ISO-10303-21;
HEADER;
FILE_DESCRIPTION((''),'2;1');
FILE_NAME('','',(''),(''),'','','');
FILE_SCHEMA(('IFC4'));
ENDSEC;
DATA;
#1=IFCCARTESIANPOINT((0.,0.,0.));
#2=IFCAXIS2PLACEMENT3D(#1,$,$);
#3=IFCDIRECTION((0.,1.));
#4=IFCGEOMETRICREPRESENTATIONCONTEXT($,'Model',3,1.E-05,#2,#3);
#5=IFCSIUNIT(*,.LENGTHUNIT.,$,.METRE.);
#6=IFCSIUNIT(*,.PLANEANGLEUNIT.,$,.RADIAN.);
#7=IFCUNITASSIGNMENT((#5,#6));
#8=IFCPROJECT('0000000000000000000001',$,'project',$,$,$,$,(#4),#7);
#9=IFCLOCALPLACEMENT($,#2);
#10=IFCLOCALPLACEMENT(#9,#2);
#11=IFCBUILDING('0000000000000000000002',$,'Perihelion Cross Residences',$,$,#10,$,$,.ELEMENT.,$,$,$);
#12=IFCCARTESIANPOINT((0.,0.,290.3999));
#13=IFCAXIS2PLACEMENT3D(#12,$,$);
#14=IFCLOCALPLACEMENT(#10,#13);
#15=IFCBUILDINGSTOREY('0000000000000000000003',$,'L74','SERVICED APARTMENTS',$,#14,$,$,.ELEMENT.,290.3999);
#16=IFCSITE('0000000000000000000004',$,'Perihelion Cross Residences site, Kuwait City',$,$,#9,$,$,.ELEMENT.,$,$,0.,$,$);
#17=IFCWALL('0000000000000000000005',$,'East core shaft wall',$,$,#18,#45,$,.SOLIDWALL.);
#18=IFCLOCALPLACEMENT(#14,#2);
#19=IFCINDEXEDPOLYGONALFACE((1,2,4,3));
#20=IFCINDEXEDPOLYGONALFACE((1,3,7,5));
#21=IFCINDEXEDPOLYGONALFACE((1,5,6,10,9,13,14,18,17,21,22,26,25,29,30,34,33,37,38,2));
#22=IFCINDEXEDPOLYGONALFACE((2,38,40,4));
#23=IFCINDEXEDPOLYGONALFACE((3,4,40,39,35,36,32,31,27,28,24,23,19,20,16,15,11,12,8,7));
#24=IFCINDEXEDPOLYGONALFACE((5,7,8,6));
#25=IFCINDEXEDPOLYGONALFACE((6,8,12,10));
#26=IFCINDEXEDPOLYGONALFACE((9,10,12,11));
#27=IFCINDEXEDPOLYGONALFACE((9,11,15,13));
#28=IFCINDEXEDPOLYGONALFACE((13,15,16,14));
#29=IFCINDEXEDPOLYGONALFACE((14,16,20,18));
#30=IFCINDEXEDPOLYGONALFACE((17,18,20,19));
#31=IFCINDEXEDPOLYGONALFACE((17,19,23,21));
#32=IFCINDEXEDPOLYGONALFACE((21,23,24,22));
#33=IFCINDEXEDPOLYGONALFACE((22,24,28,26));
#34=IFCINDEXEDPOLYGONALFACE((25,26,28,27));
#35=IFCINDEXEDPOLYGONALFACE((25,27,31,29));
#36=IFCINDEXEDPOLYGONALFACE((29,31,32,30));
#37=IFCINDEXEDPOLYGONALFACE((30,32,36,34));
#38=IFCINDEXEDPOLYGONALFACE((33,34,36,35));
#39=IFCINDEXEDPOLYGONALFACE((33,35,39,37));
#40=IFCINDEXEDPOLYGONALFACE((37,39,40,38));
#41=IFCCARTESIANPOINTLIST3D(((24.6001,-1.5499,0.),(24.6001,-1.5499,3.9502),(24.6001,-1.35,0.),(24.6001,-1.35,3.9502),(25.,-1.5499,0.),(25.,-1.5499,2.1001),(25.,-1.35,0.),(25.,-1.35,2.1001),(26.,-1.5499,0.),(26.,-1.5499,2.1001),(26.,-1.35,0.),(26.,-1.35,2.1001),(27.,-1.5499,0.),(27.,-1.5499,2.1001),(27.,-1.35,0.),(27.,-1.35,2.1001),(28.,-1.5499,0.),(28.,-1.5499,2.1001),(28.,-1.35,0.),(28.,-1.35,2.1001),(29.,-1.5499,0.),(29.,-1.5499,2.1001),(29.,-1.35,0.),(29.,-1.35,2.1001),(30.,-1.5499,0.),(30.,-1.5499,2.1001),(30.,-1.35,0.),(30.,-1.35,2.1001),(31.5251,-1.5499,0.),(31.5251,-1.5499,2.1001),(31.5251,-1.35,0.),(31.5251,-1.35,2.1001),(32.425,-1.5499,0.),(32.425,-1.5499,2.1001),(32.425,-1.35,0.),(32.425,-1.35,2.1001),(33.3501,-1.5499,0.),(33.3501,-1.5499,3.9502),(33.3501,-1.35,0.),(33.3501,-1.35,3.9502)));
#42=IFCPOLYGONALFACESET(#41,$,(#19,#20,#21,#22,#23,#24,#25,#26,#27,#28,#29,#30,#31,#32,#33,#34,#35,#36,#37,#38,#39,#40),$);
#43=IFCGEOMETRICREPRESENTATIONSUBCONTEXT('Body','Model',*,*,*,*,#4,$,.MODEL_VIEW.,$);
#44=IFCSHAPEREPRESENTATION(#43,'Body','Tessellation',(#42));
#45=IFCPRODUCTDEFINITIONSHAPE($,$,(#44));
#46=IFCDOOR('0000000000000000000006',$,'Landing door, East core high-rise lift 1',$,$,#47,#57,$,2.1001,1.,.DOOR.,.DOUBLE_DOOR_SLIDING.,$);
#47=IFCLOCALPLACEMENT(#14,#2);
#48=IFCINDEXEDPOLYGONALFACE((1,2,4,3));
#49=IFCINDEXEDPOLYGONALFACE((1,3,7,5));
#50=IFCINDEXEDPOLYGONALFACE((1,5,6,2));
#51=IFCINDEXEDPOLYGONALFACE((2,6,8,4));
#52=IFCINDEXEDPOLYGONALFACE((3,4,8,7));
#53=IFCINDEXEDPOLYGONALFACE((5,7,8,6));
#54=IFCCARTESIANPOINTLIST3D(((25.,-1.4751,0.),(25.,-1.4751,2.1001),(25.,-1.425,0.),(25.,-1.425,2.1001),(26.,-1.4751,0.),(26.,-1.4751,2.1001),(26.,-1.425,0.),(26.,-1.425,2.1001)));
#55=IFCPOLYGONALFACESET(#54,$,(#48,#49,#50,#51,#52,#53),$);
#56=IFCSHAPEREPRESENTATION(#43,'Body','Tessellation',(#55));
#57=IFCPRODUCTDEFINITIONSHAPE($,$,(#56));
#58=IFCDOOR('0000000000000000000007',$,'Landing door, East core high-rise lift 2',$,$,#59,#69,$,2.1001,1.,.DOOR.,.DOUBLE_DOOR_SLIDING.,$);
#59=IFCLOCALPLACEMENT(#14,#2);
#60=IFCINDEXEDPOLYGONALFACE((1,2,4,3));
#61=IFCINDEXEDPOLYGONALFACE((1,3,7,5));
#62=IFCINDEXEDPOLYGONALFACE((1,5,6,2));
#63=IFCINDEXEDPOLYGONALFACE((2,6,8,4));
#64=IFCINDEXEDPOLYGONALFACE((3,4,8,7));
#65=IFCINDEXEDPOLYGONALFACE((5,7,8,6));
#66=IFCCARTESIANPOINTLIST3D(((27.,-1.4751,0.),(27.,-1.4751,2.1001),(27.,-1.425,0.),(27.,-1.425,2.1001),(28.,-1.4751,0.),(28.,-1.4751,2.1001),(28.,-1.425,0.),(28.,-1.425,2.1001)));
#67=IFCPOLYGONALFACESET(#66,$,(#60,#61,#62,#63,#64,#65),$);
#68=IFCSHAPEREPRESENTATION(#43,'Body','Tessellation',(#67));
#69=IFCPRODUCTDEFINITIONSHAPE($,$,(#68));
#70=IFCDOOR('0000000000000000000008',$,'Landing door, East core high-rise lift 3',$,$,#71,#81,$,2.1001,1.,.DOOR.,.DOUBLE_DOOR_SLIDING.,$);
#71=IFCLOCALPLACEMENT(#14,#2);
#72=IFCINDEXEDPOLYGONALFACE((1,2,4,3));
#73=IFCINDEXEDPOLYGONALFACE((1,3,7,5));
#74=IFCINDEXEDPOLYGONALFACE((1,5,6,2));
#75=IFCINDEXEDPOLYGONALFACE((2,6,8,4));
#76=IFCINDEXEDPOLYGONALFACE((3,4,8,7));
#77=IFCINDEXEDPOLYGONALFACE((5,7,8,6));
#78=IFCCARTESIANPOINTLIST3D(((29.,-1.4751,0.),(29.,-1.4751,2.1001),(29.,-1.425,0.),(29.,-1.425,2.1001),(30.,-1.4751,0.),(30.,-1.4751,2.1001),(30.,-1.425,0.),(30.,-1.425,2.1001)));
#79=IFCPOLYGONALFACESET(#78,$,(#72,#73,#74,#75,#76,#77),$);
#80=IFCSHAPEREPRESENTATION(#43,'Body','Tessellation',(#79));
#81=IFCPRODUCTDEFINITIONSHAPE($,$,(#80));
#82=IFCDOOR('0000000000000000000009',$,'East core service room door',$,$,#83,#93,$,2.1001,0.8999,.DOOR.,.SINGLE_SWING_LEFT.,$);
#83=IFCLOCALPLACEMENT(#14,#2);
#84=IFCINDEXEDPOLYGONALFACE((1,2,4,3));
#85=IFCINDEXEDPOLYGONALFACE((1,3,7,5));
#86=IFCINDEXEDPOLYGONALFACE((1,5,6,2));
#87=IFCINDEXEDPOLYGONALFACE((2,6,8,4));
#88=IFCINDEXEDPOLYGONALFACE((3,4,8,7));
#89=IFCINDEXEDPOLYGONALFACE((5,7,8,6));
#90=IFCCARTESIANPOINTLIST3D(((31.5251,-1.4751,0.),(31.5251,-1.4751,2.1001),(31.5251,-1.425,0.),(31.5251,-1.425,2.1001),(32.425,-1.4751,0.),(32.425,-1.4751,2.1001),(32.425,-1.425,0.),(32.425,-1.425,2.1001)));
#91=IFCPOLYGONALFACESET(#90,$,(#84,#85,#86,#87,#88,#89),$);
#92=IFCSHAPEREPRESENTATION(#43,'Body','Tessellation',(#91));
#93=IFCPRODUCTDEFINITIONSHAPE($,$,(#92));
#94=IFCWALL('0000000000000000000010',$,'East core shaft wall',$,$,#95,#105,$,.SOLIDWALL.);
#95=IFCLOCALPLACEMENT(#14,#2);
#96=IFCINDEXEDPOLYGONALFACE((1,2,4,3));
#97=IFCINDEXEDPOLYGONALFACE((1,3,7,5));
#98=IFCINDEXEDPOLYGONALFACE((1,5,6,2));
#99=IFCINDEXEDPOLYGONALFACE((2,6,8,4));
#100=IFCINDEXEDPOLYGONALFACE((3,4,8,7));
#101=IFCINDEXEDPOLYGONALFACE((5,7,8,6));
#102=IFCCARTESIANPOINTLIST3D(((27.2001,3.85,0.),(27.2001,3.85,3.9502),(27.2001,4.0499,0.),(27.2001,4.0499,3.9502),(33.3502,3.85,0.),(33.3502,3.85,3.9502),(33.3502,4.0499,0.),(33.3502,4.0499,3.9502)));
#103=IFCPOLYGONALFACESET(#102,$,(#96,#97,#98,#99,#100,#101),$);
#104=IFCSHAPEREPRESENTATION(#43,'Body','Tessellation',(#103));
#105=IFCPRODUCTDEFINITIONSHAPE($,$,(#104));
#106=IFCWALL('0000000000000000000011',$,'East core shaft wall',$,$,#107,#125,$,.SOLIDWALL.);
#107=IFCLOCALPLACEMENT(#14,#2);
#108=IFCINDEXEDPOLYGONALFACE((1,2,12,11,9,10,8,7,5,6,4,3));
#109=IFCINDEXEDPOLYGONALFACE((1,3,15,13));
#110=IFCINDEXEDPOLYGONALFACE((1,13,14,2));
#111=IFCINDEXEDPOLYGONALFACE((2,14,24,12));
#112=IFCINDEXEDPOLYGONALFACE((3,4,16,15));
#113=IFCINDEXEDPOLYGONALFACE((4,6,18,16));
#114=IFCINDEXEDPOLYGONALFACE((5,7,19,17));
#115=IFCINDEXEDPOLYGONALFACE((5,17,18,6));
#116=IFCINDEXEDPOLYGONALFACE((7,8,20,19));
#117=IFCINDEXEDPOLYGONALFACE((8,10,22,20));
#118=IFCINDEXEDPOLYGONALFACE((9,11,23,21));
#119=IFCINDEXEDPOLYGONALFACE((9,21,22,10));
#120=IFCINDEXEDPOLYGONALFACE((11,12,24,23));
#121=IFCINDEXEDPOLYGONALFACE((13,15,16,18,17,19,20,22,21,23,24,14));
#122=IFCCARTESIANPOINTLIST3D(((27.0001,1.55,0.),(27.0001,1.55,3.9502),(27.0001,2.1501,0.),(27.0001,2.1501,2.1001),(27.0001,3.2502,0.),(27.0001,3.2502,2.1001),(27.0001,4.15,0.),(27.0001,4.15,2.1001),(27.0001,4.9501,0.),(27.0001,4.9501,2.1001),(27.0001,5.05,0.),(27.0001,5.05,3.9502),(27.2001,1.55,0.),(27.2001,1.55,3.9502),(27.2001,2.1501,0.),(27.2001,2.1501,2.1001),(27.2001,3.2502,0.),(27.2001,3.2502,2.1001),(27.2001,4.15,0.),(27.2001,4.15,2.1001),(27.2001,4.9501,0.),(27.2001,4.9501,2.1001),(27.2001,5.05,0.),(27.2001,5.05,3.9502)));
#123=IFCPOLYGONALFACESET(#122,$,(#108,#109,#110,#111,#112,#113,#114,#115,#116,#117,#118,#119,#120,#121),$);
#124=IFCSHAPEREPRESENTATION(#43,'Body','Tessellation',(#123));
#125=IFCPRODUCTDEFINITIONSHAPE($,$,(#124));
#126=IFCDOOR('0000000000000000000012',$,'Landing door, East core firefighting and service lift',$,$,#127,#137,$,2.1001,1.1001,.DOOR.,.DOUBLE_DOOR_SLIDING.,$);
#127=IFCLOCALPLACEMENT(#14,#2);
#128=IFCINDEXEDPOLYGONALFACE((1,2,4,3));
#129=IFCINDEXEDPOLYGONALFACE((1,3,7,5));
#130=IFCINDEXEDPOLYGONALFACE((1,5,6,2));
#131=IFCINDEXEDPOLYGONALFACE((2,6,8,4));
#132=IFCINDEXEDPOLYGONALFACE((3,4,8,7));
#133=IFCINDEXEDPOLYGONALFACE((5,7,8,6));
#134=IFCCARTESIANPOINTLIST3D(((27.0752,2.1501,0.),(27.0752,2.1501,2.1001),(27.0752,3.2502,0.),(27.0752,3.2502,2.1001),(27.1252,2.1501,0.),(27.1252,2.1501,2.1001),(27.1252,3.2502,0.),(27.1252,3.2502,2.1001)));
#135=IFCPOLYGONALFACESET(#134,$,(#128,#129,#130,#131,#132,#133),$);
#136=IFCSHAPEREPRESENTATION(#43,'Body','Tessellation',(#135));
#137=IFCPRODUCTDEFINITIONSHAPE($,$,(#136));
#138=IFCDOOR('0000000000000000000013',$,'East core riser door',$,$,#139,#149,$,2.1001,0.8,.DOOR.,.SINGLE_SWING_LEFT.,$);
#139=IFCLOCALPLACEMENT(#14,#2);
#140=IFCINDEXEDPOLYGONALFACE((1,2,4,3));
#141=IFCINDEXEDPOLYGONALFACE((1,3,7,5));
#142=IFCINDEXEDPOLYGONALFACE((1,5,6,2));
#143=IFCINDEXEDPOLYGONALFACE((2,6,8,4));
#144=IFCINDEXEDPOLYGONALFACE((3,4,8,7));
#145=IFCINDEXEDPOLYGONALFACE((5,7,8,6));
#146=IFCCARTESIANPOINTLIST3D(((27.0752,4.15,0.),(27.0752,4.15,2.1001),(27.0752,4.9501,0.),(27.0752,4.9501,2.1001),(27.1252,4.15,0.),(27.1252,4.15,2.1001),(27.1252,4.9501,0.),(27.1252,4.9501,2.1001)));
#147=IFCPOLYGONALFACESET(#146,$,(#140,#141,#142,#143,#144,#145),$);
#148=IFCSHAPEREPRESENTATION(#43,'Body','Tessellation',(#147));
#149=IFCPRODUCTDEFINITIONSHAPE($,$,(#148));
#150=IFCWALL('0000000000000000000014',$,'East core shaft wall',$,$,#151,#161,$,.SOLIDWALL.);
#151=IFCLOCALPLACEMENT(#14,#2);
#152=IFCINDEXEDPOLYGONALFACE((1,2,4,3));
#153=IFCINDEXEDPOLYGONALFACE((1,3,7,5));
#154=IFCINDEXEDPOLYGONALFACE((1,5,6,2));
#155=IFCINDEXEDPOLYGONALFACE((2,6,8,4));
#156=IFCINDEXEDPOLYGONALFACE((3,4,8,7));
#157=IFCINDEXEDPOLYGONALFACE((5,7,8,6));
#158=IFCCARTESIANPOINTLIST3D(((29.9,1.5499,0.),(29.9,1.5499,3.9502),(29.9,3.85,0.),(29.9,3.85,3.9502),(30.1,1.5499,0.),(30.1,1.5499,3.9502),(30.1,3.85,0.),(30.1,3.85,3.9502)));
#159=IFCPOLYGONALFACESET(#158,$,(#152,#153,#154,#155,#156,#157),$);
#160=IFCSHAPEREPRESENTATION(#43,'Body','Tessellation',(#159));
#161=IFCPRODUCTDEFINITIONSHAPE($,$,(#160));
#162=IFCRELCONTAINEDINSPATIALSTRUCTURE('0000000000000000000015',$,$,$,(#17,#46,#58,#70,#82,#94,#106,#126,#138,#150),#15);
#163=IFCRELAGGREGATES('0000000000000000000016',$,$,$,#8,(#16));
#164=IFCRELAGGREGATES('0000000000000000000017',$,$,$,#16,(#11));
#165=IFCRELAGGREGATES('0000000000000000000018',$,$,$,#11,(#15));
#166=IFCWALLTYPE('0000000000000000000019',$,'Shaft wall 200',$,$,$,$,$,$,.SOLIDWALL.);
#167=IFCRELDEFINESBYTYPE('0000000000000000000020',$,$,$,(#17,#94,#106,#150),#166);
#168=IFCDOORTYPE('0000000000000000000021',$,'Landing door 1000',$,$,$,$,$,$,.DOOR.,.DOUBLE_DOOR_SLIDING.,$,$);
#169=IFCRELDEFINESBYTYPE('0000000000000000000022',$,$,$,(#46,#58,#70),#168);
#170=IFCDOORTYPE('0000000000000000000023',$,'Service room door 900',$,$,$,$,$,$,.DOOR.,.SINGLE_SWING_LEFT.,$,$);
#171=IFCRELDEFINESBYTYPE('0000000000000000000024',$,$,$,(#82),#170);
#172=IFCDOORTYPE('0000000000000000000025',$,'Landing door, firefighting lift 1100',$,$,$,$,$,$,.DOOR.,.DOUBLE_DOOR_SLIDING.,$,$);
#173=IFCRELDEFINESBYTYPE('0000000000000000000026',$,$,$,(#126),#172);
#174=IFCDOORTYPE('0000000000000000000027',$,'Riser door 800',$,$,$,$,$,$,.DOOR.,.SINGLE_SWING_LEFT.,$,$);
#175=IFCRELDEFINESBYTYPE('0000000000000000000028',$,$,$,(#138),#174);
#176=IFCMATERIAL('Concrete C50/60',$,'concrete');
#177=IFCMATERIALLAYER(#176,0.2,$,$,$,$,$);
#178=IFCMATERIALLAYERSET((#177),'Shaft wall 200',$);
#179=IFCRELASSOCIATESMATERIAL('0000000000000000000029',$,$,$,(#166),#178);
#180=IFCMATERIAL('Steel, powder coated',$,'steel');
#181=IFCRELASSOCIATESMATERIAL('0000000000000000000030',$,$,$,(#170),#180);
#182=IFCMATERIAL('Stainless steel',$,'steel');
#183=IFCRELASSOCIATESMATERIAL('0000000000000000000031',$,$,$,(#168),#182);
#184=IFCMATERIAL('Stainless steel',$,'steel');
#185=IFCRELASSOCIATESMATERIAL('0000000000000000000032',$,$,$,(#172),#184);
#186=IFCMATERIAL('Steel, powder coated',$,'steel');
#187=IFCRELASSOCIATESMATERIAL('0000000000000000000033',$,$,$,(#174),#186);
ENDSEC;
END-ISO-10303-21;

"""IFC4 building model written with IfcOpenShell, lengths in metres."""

from ifc_helpers import new_model, si_unit, direction, frame, frame_2d, origin, place, context, subcontext, project, spatial, rectangle, extrude, material, layer, layer_set, type_object, element, fill, save


model = new_model("IFC4")

# Units and contexts
model_context = context("Model", 3, precision=1e-05, world=origin(), true_north=direction((0.0, 1.0)))
body_context = subcontext(model_context, "Body", "Model", "MODEL_VIEW")
ifc_project = project(units=[si_unit("LENGTHUNIT", "METRE"), si_unit("PLANEANGLEUNIT", "RADIAN")], contexts=[model_context])

# Site, building, storey
site_placement = place(None, origin())
site = spatial("IfcSite", under=ifc_project, at=site_placement, Name="Perihelion Cross Residences site, Kuwait City", CompositionType="ELEMENT", RefElevation=0.0)
building_placement = place(site_placement, origin())
building = spatial("IfcBuilding", under=site, at=building_placement, Name="Perihelion Cross Residences", CompositionType="ELEMENT")
storey_placement = place(building_placement, frame((0.0, 0.0, 290.3999)))
storey = spatial("IfcBuildingStorey", under=building, at=storey_placement, Name="L74", Description="SERVICED APARTMENTS", CompositionType="ELEMENT", Elevation=290.3999)

# Wall, openings, doors
ifc_material_1 = material(Name="Concrete C50/60", Category="concrete")
ifc_layer_1 = layer(ifc_material_1, 0.2)
ifc_layer_set_1 = layer_set([ifc_layer_1], Name="Shaft wall 200")
wall_type_1 = type_object("IfcWallType", Name="Shaft wall 200", PredefinedType="SOLIDWALL", material=ifc_layer_set_1)
ifc_material_2 = material(Name="Steel, powder coated", Category="steel")
door_type_1 = type_object("IfcDoorType", Name="Service room door 900", OperationType="SINGLE_SWING_LEFT", PredefinedType="DOOR", material=ifc_material_2)
wall_1_placement = place(storey_placement, frame((24.6001, -1.45, 0.0), z_axis=(0.0, 0.0, 1.0), x_axis=(1.0, 0.0, 0.0)))
wall_1 = element("IfcWall", 1, at=wall_1_placement, inside=storey, type_object=wall_type_1, Name="East core shaft wall", PredefinedType="SOLIDWALL", context=body_context, shape_type="SweptSolid", body=[
    extrude(rectangle(XDim=8.75, YDim=0.2, at=frame_2d((4.375, 0.0))), origin(), (0.0, 0.0, 1.0), 3.9502),
])
opening_1_placement = place(wall_1_placement, frame((0.3999, 0.0, 0.0)))
opening_1 = element("IfcOpeningElement", 2, at=opening_1_placement, cuts=wall_1, PredefinedType="OPENING", context=body_context, shape_type="SweptSolid", body=[
    extrude(rectangle(XDim=1.0, YDim=2.1001, at=frame_2d((0.5, 1.05))), frame((0.0, 0.1099, 0.0), z_axis=(0.0, -1.0, 0.0), x_axis=(1.0, 0.0, 0.0)), (0.0, 0.0, 1.0), 0.22),
])
opening_2_placement = place(wall_1_placement, frame((2.3999, 0.0, 0.0)))
opening_2 = element("IfcOpeningElement", 3, at=opening_2_placement, cuts=wall_1, PredefinedType="OPENING", context=body_context, shape_type="SweptSolid", body=[
    extrude(rectangle(XDim=1.0, YDim=2.1001, at=frame_2d((0.5, 1.05))), frame((0.0, 0.1099, 0.0), z_axis=(0.0, -1.0, 0.0), x_axis=(1.0, 0.0, 0.0)), (0.0, 0.0, 1.0), 0.22),
])
opening_3_placement = place(wall_1_placement, frame((4.3999, 0.0, 0.0)))
opening_3 = element("IfcOpeningElement", 4, at=opening_3_placement, cuts=wall_1, PredefinedType="OPENING", context=body_context, shape_type="SweptSolid", body=[
    extrude(rectangle(XDim=1.0, YDim=2.1001, at=frame_2d((0.5, 1.05))), frame((0.0, 0.1099, 0.0), z_axis=(0.0, -1.0, 0.0), x_axis=(1.0, 0.0, 0.0)), (0.0, 0.0, 1.0), 0.22),
])
opening_4_placement = place(wall_1_placement, frame((6.925, 0.0, 0.0)))
opening_4 = element("IfcOpeningElement", 5, at=opening_4_placement, cuts=wall_1, PredefinedType="OPENING", context=body_context, shape_type="SweptSolid", body=[
    extrude(rectangle(XDim=0.8999, YDim=2.1001, at=frame_2d((0.45, 1.05))), frame((0.0, 0.1099, 0.0), z_axis=(0.0, -1.0, 0.0), x_axis=(1.0, 0.0, 0.0)), (0.0, 0.0, 1.0), 0.22),
])
ifc_material_3 = material(Name="Stainless steel", Category="steel")
door_type_2 = type_object("IfcDoorType", Name="Landing door 1000", OperationType="DOUBLE_DOOR_SLIDING", PredefinedType="DOOR", material=ifc_material_3)
door_1_placement = place(opening_1_placement, origin())
door_1 = element("IfcDoor", 6, at=door_1_placement, inside=storey, type_object=door_type_2, Name="Landing door, East core high-rise lift 1", OperationType="DOUBLE_DOOR_SLIDING", OverallHeight=2.1001, OverallWidth=1.0, PredefinedType="DOOR", context=body_context, shape_type="SweptSolid", body=[
    extrude(rectangle(XDim=1.0, YDim=2.1001, at=frame_2d((0.5, 1.05))), frame((0.0, 0.0249, 0.0), z_axis=(0.0, -1.0, 0.0), x_axis=(1.0, 0.0, 0.0)), (0.0, 0.0, 1.0), 0.05),
])
fill(opening_1, door_1)
door_2_placement = place(opening_2_placement, origin())
door_2 = element("IfcDoor", 7, at=door_2_placement, inside=storey, type_object=door_type_2, Name="Landing door, East core high-rise lift 2", OperationType="DOUBLE_DOOR_SLIDING", OverallHeight=2.1001, OverallWidth=1.0, PredefinedType="DOOR", context=body_context, shape_type="SweptSolid", body=[
    extrude(rectangle(XDim=1.0, YDim=2.1001, at=frame_2d((0.5, 1.05))), frame((0.0, 0.0249, 0.0), z_axis=(0.0, -1.0, 0.0), x_axis=(1.0, 0.0, 0.0)), (0.0, 0.0, 1.0), 0.05),
])
fill(opening_2, door_2)
door_3_placement = place(opening_3_placement, origin())
door_3 = element("IfcDoor", 8, at=door_3_placement, inside=storey, type_object=door_type_2, Name="Landing door, East core high-rise lift 3", OperationType="DOUBLE_DOOR_SLIDING", OverallHeight=2.1001, OverallWidth=1.0, PredefinedType="DOOR", context=body_context, shape_type="SweptSolid", body=[
    extrude(rectangle(XDim=1.0, YDim=2.1001, at=frame_2d((0.5, 1.05))), frame((0.0, 0.0249, 0.0), z_axis=(0.0, -1.0, 0.0), x_axis=(1.0, 0.0, 0.0)), (0.0, 0.0, 1.0), 0.05),
])
fill(opening_3, door_3)
door_4_placement = place(opening_4_placement, origin())
door_4 = element("IfcDoor", 9, at=door_4_placement, inside=storey, type_object=door_type_1, Name="East core service room door", OperationType="SINGLE_SWING_LEFT", OverallHeight=2.1001, OverallWidth=0.8999, PredefinedType="DOOR", context=body_context, shape_type="SweptSolid", body=[
    extrude(rectangle(XDim=0.8999, YDim=2.1001, at=frame_2d((0.45, 1.05))), frame((0.0, 0.0249, 0.0), z_axis=(0.0, -1.0, 0.0), x_axis=(1.0, 0.0, 0.0)), (0.0, 0.0, 1.0), 0.05),
])
fill(opening_4, door_4)

# Wall
wall_2_placement = place(storey_placement, frame((27.2, 3.95, 0.0), z_axis=(0.0, 0.0, 1.0), x_axis=(1.0, 0.0, 0.0)))
element("IfcWall", 10, at=wall_2_placement, inside=storey, type_object=wall_type_1, Name="East core shaft wall", PredefinedType="SOLIDWALL", context=body_context, shape_type="SweptSolid", body=[
    extrude(rectangle(XDim=6.1501, YDim=0.2, at=frame_2d((3.0752, 0.0))), origin(), (0.0, 0.0, 1.0), 3.9502),
])

# Wall, openings, doors
wall_3_placement = place(storey_placement, frame((27.1001, 1.55, 0.0), z_axis=(0.0, 0.0, 1.0), x_axis=(0.0, 1.0, 0.0)))
wall_3 = element("IfcWall", 11, at=wall_3_placement, inside=storey, type_object=wall_type_1, Name="East core shaft wall", PredefinedType="SOLIDWALL", context=body_context, shape_type="SweptSolid", body=[
    extrude(rectangle(XDim=3.5, YDim=0.2, at=frame_2d((1.75, 0.0))), origin(), (0.0, 0.0, 1.0), 3.9502),
])
opening_5_placement = place(wall_3_placement, frame((0.6001, 0.0, 0.0)))
opening_5 = element("IfcOpeningElement", 12, at=opening_5_placement, cuts=wall_3, PredefinedType="OPENING", context=body_context, shape_type="SweptSolid", body=[
    extrude(rectangle(XDim=1.1001, YDim=2.1001, at=frame_2d((0.55, 1.05))), frame((0.0, 0.1099, 0.0), z_axis=(0.0, -1.0, 0.0), x_axis=(1.0, 0.0, 0.0)), (0.0, 0.0, 1.0), 0.22),
])
opening_6_placement = place(wall_3_placement, frame((2.6001, 0.0, 0.0)))
opening_6 = element("IfcOpeningElement", 13, at=opening_6_placement, cuts=wall_3, PredefinedType="OPENING", context=body_context, shape_type="SweptSolid", body=[
    extrude(rectangle(XDim=0.8, YDim=2.1001, at=frame_2d((0.3999, 1.05))), frame((0.0, 0.1099, 0.0), z_axis=(0.0, -1.0, 0.0), x_axis=(1.0, 0.0, 0.0)), (0.0, 0.0, 1.0), 0.22),
])
ifc_material_4 = material(Name="Stainless steel", Category="steel")
door_type_3 = type_object("IfcDoorType", Name="Landing door, firefighting lift 1100", OperationType="DOUBLE_DOOR_SLIDING", PredefinedType="DOOR", material=ifc_material_4)
door_5_placement = place(opening_5_placement, origin())
door_5 = element("IfcDoor", 14, at=door_5_placement, inside=storey, type_object=door_type_3, Name="Landing door, East core firefighting and service lift", OperationType="DOUBLE_DOOR_SLIDING", OverallHeight=2.1001, OverallWidth=1.1001, PredefinedType="DOOR", context=body_context, shape_type="SweptSolid", body=[
    extrude(rectangle(XDim=1.1001, YDim=2.1001, at=frame_2d((0.55, 1.05))), frame((0.0, 0.0249, 0.0), z_axis=(0.0, -1.0, 0.0), x_axis=(1.0, 0.0, 0.0)), (0.0, 0.0, 1.0), 0.05),
])
fill(opening_5, door_5)
ifc_material_5 = material(Name="Steel, powder coated", Category="steel")
door_type_4 = type_object("IfcDoorType", Name="Riser door 800", OperationType="SINGLE_SWING_LEFT", PredefinedType="DOOR", material=ifc_material_5)
door_6_placement = place(opening_6_placement, origin())
door_6 = element("IfcDoor", 15, at=door_6_placement, inside=storey, type_object=door_type_4, Name="East core riser door", OperationType="SINGLE_SWING_LEFT", OverallHeight=2.1001, OverallWidth=0.8, PredefinedType="DOOR", context=body_context, shape_type="SweptSolid", body=[
    extrude(rectangle(XDim=0.8, YDim=2.1001, at=frame_2d((0.3999, 1.05))), frame((0.0, 0.0249, 0.0), z_axis=(0.0, -1.0, 0.0), x_axis=(1.0, 0.0, 0.0)), (0.0, 0.0, 1.0), 0.05),
])
fill(opening_6, door_6)

# Wall
for number, where, z_axis, x_axis, name in (
    (16, (30.0, 1.55, 0.0), (0.0, 0.0, 1.0), (0.0, 1.0, 0.0), "East core shaft wall"),
):
    element("IfcWall", number, at=place(storey_placement, frame(where, z_axis=z_axis, x_axis=x_axis)), inside=storey, type_object=wall_type_1, Name=name, PredefinedType="SOLIDWALL", context=body_context, shape_type="SweptSolid", body=[
        extrude(rectangle(XDim=2.3, YDim=0.2, at=frame_2d((1.1499, 0.0))), origin(), (0.0, 0.0, 1.0), 3.9502),
    ])

save(model, "model.ifc")
